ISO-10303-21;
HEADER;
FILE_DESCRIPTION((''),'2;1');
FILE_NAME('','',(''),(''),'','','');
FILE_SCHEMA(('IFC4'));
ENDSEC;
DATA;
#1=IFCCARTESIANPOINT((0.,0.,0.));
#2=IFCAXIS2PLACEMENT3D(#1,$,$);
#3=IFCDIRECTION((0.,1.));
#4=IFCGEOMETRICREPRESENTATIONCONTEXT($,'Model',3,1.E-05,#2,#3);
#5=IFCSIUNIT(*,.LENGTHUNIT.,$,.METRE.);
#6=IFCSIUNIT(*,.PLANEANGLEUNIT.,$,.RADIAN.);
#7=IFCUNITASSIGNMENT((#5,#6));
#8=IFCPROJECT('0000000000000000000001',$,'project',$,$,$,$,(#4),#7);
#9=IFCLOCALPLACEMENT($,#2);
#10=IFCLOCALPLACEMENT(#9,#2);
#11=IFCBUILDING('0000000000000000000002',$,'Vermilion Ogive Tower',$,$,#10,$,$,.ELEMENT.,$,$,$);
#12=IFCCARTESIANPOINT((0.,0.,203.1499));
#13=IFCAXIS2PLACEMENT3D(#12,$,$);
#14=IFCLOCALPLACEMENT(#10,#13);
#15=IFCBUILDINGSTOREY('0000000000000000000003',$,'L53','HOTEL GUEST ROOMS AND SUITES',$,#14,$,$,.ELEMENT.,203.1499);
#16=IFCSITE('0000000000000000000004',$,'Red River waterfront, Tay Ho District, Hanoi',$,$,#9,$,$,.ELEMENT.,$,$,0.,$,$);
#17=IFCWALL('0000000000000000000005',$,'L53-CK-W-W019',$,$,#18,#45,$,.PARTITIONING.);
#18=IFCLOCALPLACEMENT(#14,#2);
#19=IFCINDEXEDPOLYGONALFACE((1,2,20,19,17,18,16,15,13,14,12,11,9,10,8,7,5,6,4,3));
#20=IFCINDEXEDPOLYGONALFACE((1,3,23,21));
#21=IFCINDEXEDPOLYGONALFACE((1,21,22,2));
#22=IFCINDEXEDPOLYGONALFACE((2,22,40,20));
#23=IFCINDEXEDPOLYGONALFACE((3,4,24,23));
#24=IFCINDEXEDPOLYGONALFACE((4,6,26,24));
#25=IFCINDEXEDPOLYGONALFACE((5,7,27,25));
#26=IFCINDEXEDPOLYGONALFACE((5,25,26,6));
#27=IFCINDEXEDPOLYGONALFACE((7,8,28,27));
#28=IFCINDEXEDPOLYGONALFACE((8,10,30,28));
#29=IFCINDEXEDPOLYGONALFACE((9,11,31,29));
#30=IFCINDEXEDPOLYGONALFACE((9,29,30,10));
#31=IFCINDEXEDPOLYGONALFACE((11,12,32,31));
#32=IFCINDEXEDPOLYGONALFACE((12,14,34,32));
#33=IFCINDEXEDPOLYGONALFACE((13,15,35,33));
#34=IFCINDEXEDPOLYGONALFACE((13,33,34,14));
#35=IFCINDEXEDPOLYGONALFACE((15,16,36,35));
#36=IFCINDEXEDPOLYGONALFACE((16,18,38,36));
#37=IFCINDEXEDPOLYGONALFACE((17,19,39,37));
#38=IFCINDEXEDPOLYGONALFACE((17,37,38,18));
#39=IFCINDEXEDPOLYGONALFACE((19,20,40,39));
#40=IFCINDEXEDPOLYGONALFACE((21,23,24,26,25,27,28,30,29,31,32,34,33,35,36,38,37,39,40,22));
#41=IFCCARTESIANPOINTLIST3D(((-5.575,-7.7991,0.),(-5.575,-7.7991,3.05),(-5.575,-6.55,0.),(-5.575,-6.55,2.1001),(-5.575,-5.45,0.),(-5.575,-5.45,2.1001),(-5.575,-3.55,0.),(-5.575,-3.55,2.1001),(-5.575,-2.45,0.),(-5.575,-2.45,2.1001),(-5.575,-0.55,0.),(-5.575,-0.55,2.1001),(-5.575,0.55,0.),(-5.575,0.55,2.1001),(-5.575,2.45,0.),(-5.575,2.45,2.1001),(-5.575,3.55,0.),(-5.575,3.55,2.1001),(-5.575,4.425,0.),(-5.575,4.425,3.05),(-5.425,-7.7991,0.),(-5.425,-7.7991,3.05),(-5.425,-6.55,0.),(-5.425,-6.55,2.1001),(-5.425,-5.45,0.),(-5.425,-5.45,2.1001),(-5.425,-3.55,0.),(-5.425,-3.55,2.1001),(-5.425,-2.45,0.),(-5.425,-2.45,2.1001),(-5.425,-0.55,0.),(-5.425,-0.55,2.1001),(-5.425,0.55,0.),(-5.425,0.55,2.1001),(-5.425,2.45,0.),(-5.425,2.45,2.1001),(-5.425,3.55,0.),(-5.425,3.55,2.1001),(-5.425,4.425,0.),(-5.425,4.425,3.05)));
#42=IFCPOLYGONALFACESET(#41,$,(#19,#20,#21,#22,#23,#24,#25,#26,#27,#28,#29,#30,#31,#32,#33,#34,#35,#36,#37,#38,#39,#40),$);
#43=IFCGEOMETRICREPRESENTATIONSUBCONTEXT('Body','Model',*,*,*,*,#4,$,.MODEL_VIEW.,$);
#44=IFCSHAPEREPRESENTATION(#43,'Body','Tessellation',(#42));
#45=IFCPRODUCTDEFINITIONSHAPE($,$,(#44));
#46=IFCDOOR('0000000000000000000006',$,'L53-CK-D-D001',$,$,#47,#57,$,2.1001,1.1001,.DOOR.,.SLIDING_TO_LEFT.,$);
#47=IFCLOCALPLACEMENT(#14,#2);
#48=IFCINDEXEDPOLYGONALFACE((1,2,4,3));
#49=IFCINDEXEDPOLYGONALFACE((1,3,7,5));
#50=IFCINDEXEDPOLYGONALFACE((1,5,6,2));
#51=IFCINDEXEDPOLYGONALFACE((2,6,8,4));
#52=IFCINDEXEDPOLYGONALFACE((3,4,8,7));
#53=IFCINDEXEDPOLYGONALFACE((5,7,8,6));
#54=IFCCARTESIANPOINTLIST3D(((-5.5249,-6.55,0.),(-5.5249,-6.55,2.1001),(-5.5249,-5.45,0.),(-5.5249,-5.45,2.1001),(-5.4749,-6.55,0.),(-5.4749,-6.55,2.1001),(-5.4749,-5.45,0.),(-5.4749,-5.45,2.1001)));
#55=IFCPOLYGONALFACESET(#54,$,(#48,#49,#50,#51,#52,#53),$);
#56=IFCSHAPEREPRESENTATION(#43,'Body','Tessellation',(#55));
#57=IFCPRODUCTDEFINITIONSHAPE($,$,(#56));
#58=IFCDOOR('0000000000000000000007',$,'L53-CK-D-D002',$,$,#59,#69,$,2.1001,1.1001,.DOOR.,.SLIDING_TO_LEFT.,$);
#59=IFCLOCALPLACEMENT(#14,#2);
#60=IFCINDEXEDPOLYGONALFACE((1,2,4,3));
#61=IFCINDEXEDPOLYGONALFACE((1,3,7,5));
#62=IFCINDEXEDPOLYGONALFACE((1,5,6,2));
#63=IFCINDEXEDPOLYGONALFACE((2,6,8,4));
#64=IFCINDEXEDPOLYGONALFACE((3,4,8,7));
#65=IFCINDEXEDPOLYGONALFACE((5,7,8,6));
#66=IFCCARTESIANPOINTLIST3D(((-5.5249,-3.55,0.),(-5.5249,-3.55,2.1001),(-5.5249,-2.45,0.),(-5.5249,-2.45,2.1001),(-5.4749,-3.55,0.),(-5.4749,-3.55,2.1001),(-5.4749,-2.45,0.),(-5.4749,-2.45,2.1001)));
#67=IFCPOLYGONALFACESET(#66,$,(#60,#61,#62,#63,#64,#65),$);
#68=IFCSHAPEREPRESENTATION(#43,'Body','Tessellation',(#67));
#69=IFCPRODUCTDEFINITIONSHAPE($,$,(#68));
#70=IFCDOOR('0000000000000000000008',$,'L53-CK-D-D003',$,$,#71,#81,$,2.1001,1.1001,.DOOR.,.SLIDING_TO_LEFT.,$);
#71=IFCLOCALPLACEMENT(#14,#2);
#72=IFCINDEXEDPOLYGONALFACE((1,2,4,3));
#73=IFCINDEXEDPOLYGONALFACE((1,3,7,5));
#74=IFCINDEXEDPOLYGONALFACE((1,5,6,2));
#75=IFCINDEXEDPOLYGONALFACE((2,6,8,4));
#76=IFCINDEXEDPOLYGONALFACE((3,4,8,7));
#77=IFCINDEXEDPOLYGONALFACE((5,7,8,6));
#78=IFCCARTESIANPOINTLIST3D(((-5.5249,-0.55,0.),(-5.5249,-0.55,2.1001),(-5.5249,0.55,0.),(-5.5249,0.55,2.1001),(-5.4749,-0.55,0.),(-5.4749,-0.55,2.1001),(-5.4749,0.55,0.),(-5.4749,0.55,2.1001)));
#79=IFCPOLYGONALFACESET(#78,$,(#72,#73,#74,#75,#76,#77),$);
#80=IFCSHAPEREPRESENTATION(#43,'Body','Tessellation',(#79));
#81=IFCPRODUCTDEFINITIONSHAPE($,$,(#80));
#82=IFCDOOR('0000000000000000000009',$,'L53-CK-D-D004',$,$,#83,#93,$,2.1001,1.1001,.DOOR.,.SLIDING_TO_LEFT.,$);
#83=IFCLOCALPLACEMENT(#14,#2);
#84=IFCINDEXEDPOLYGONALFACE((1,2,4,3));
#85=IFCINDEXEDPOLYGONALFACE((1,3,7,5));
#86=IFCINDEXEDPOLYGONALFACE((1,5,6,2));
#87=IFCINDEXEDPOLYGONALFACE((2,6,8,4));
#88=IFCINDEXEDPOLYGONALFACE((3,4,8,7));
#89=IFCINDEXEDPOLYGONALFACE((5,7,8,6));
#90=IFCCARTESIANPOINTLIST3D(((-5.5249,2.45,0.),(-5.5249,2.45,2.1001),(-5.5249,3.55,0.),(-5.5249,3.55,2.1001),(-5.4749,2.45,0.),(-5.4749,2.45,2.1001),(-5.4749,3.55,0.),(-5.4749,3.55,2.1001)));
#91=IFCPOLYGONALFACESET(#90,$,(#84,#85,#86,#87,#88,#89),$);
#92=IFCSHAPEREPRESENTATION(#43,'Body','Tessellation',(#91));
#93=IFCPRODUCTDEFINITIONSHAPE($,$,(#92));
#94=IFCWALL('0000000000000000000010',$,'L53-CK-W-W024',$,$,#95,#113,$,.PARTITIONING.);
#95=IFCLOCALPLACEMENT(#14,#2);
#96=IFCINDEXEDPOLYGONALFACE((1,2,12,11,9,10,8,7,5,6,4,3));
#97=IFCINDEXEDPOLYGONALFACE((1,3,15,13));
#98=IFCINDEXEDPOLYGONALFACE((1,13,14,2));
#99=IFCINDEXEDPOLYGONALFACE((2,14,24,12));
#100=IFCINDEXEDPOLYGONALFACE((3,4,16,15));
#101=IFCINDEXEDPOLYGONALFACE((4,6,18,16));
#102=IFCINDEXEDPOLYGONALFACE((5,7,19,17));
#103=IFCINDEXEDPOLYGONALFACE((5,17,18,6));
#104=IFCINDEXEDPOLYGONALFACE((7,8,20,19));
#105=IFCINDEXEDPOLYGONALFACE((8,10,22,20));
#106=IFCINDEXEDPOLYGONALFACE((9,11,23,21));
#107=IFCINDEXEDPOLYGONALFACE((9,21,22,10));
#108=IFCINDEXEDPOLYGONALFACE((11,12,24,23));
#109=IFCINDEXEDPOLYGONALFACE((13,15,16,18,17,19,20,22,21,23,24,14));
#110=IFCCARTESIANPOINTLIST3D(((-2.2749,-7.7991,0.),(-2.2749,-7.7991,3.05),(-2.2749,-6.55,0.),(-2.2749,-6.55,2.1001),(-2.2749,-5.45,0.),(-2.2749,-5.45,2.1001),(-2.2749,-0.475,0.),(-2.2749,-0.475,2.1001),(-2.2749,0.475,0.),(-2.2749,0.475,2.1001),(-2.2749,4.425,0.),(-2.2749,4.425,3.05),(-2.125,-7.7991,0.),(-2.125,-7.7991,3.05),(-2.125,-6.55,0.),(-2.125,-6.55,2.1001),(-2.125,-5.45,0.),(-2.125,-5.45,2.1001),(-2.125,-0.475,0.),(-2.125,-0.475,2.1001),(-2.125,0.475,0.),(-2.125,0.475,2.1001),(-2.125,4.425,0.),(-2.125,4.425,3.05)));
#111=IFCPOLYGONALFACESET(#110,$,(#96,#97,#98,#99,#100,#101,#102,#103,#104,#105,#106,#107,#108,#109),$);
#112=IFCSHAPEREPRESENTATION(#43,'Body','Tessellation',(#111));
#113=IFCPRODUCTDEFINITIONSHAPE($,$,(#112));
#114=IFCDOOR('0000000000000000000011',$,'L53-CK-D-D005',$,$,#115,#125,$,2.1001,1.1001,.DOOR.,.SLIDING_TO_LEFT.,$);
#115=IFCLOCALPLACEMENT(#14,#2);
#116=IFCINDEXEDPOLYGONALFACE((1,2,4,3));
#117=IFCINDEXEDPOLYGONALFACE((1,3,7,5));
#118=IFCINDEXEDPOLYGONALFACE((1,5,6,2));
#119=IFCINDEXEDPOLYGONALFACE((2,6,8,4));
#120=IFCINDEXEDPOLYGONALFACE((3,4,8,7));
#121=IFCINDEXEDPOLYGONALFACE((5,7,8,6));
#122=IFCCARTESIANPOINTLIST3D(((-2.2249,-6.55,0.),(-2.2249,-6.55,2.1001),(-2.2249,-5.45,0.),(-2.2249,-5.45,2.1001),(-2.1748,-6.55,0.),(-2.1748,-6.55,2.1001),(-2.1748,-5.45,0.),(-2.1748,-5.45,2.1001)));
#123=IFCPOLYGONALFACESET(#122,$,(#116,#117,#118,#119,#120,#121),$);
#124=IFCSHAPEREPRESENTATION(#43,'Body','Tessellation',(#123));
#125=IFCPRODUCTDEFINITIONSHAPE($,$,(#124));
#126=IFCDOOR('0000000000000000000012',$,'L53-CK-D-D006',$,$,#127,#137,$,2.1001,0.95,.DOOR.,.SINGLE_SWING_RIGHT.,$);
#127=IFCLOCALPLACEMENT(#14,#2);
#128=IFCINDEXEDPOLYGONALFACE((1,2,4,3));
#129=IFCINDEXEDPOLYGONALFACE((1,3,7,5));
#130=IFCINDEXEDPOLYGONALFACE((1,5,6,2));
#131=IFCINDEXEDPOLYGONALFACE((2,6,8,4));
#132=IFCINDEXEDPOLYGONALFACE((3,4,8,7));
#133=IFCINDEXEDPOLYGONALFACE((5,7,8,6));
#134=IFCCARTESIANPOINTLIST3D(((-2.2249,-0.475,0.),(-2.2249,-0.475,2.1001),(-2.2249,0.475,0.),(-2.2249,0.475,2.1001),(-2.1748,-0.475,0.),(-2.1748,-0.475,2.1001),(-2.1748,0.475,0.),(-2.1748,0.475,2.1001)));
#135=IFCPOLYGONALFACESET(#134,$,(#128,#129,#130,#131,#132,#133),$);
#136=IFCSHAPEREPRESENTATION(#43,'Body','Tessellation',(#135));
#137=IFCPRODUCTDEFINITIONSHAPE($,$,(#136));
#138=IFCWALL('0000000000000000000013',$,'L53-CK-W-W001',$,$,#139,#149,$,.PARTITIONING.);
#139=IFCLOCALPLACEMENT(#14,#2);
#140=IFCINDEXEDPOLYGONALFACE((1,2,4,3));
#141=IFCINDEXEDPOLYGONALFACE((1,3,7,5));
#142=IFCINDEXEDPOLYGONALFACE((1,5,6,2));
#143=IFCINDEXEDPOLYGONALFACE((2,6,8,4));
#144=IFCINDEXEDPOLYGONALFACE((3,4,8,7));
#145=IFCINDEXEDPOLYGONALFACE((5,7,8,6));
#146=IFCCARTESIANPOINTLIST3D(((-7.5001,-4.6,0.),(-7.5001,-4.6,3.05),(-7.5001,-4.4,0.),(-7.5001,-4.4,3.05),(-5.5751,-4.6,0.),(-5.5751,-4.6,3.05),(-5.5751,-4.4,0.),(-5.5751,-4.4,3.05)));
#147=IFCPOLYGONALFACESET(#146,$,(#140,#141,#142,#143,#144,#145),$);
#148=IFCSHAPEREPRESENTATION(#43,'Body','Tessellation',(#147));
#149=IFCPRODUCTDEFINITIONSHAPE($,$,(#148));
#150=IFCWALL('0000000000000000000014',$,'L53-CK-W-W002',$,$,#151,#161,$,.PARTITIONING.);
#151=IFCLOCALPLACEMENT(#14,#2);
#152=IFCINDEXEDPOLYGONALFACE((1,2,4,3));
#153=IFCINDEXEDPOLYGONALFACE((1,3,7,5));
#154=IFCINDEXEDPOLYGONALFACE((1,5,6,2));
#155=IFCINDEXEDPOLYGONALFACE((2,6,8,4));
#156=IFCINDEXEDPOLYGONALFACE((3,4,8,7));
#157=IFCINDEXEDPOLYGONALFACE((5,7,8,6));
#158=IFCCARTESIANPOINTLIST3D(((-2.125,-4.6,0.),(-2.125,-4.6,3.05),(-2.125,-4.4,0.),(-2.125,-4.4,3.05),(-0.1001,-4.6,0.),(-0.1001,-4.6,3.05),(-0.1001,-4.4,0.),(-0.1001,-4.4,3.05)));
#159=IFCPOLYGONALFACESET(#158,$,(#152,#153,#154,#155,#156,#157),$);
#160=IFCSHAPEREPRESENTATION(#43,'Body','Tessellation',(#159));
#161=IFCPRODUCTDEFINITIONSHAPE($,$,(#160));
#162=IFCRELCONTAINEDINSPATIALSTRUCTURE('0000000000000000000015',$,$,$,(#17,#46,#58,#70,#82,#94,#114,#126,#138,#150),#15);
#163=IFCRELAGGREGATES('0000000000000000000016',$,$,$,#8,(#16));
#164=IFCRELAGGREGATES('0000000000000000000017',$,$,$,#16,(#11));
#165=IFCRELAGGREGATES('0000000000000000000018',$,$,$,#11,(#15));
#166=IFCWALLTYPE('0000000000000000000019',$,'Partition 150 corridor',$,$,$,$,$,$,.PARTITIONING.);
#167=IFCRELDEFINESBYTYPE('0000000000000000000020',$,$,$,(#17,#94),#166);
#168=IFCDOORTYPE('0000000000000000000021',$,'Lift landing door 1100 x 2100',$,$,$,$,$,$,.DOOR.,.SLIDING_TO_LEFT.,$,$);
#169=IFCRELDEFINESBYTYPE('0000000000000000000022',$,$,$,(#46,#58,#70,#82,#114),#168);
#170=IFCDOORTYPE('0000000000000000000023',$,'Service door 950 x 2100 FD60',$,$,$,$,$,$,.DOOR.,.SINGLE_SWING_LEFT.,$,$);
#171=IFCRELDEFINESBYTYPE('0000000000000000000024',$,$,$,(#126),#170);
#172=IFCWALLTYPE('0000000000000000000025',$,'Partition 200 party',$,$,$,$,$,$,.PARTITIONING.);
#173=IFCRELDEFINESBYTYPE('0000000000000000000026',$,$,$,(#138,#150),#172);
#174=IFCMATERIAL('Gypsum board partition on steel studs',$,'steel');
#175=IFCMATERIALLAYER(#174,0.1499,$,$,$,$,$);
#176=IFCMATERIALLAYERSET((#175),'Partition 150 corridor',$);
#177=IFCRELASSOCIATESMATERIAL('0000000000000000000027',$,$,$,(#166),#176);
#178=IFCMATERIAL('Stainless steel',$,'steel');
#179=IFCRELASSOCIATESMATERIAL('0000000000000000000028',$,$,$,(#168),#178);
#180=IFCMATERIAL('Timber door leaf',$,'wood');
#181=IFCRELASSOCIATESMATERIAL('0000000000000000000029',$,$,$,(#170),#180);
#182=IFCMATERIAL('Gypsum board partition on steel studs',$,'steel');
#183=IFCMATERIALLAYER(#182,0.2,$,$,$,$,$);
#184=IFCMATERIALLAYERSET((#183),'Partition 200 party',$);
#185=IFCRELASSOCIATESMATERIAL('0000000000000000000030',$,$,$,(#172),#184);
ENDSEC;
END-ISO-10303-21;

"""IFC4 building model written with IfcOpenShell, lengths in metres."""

from ifc_helpers import new_model, si_unit, direction, frame, frame_2d, origin, place, context, subcontext, project, spatial, rectangle, extrude, material, layer, layer_set, type_object, element, fill, save


model = new_model("IFC4")

# Units and contexts
model_context = context("Model", 3, precision=1e-05, world=origin(), true_north=direction((0.0, 1.0)))
body_context = subcontext(model_context, "Body", "Model", "MODEL_VIEW")
ifc_project = project(units=[si_unit("LENGTHUNIT", "METRE"), si_unit("PLANEANGLEUNIT", "RADIAN")], contexts=[model_context])

# Site, building, storey
site_placement = place(None, origin())
site = spatial("IfcSite", under=ifc_project, at=site_placement, Name="Red River waterfront, Tay Ho District, Hanoi", CompositionType="ELEMENT", RefElevation=0.0)
building_placement = place(site_placement, origin())
building = spatial("IfcBuilding", under=site, at=building_placement, Name="Vermilion Ogive Tower", CompositionType="ELEMENT")
storey_placement = place(building_placement, frame((0.0, 0.0, 203.1499)))
storey = spatial("IfcBuildingStorey", under=building, at=storey_placement, Name="L53", Description="HOTEL GUEST ROOMS AND SUITES", CompositionType="ELEMENT", Elevation=203.1499)

# Shared definitions
ifc_material_1 = material(Name="Gypsum board partition on steel studs", Category="steel")
ifc_layer_1 = layer(ifc_material_1, 0.1499)
ifc_layer_set_1 = layer_set([ifc_layer_1], Name="Partition 150 corridor")
wall_type_1 = type_object("IfcWallType", Name="Partition 150 corridor", PredefinedType="PARTITIONING", material=ifc_layer_set_1)

# Walls, openings, doors
wall_1_placement = place(storey_placement, frame((-5.5, -7.7991, 0.0), z_axis=(0.0, 0.0, 1.0), x_axis=(0.0, 1.0, 0.0)))
wall_1 = element("IfcWall", 1, at=wall_1_placement, inside=storey, type_object=wall_type_1, Name="L53-CK-W-W019", PredefinedType="PARTITIONING", context=body_context, shape_type="SweptSolid", body=[
    extrude(rectangle(XDim=12.2241, YDim=0.1499, at=frame_2d((6.1121, 0.0))), origin(), (0.0, 0.0, 1.0), 3.05),
])
opening_1_placement = place(wall_1_placement, frame((1.249, 0.0, 0.0)))
opening_1 = element("IfcOpeningElement", 2, at=opening_1_placement, cuts=wall_1, PredefinedType="OPENING", context=body_context, shape_type="SweptSolid", body=[
    extrude(rectangle(XDim=1.1001, YDim=2.1001, at=frame_2d((0.55, 1.05))), frame((0.0, 0.085, 0.0), z_axis=(0.0, -1.0, 0.0), x_axis=(1.0, 0.0, 0.0)), (0.0, 0.0, 1.0), 0.1699),
])
opening_2_placement = place(wall_1_placement, frame((4.249, 0.0, 0.0)))
opening_2 = element("IfcOpeningElement", 3, at=opening_2_placement, cuts=wall_1, PredefinedType="OPENING", context=body_context, shape_type="SweptSolid", body=[
    extrude(rectangle(XDim=1.1001, YDim=2.1001, at=frame_2d((0.55, 1.05))), frame((0.0, 0.085, 0.0), z_axis=(0.0, -1.0, 0.0), x_axis=(1.0, 0.0, 0.0)), (0.0, 0.0, 1.0), 0.1699),
])
opening_3_placement = place(wall_1_placement, frame((7.249, 0.0, 0.0)))
opening_3 = element("IfcOpeningElement", 4, at=opening_3_placement, cuts=wall_1, PredefinedType="OPENING", context=body_context, shape_type="SweptSolid", body=[
    extrude(rectangle(XDim=1.1001, YDim=2.1001, at=frame_2d((0.55, 1.05))), frame((0.0, 0.085, 0.0), z_axis=(0.0, -1.0, 0.0), x_axis=(1.0, 0.0, 0.0)), (0.0, 0.0, 1.0), 0.1699),
])
opening_4_placement = place(wall_1_placement, frame((10.249, 0.0, 0.0)))
opening_4 = element("IfcOpeningElement", 5, at=opening_4_placement, cuts=wall_1, PredefinedType="OPENING", context=body_context, shape_type="SweptSolid", body=[
    extrude(rectangle(XDim=1.1001, YDim=2.1001, at=frame_2d((0.55, 1.05))), frame((0.0, 0.085, 0.0), z_axis=(0.0, -1.0, 0.0), x_axis=(1.0, 0.0, 0.0)), (0.0, 0.0, 1.0), 0.1699),
])
ifc_material_2 = material(Name="Stainless steel", Category="steel")
door_type_1 = type_object("IfcDoorType", Name="Lift landing door 1100 x 2100", OperationType="SLIDING_TO_LEFT", PredefinedType="DOOR", material=ifc_material_2)
door_1_placement = place(opening_1_placement, origin())
door_1 = element("IfcDoor", 6, at=door_1_placement, inside=storey, type_object=door_type_1, Name="L53-CK-D-D001", OperationType="SLIDING_TO_LEFT", OverallHeight=2.1001, OverallWidth=1.1001, PredefinedType="DOOR", context=body_context, shape_type="SweptSolid", body=[
    extrude(rectangle(XDim=1.1001, YDim=2.1001, at=frame_2d((0.55, 1.05))), frame((0.0, 0.0249, 0.0), z_axis=(0.0, -1.0, 0.0), x_axis=(1.0, 0.0, 0.0)), (0.0, 0.0, 1.0), 0.05),
])
fill(opening_1, door_1)
door_2_placement = place(opening_2_placement, origin())
door_2 = element("IfcDoor", 7, at=door_2_placement, inside=storey, type_object=door_type_1, Name="L53-CK-D-D002", OperationType="SLIDING_TO_LEFT", OverallHeight=2.1001, OverallWidth=1.1001, PredefinedType="DOOR", context=body_context, shape_type="SweptSolid", body=[
    extrude(rectangle(XDim=1.1001, YDim=2.1001, at=frame_2d((0.55, 1.05))), frame((0.0, 0.0249, 0.0), z_axis=(0.0, -1.0, 0.0), x_axis=(1.0, 0.0, 0.0)), (0.0, 0.0, 1.0), 0.05),
])
fill(opening_2, door_2)
door_3_placement = place(opening_3_placement, origin())
door_3 = element("IfcDoor", 8, at=door_3_placement, inside=storey, type_object=door_type_1, Name="L53-CK-D-D003", OperationType="SLIDING_TO_LEFT", OverallHeight=2.1001, OverallWidth=1.1001, PredefinedType="DOOR", context=body_context, shape_type="SweptSolid", body=[
    extrude(rectangle(XDim=1.1001, YDim=2.1001, at=frame_2d((0.55, 1.05))), frame((0.0, 0.0249, 0.0), z_axis=(0.0, -1.0, 0.0), x_axis=(1.0, 0.0, 0.0)), (0.0, 0.0, 1.0), 0.05),
])
fill(opening_3, door_3)
door_4_placement = place(opening_4_placement, origin())
door_4 = element("IfcDoor", 9, at=door_4_placement, inside=storey, type_object=door_type_1, Name="L53-CK-D-D004", OperationType="SLIDING_TO_LEFT", OverallHeight=2.1001, OverallWidth=1.1001, PredefinedType="DOOR", context=body_context, shape_type="SweptSolid", body=[
    extrude(rectangle(XDim=1.1001, YDim=2.1001, at=frame_2d((0.55, 1.05))), frame((0.0, 0.0249, 0.0), z_axis=(0.0, -1.0, 0.0), x_axis=(1.0, 0.0, 0.0)), (0.0, 0.0, 1.0), 0.05),
])
fill(opening_4, door_4)
wall_2_placement = place(storey_placement, frame((-2.2, -7.7991, 0.0), z_axis=(0.0, 0.0, 1.0), x_axis=(0.0, 1.0, 0.0)))
wall_2 = element("IfcWall", 10, at=wall_2_placement, inside=storey, type_object=wall_type_1, Name="L53-CK-W-W024", PredefinedType="PARTITIONING", context=body_context, shape_type="SweptSolid", body=[
    extrude(rectangle(XDim=12.2241, YDim=0.1499, at=frame_2d((6.1121, 0.0))), origin(), (0.0, 0.0, 1.0), 3.05),
])
opening_5_placement = place(wall_2_placement, frame((1.249, 0.0, 0.0)))
opening_5 = element("IfcOpeningElement", 11, at=opening_5_placement, cuts=wall_2, PredefinedType="OPENING", context=body_context, shape_type="SweptSolid", body=[
    extrude(rectangle(XDim=1.1001, YDim=2.1001, at=frame_2d((0.55, 1.05))), frame((0.0, 0.085, 0.0), z_axis=(0.0, -1.0, 0.0), x_axis=(1.0, 0.0, 0.0)), (0.0, 0.0, 1.0), 0.1699),
])
opening_6_placement = place(wall_2_placement, frame((7.324, 0.0, 0.0)))
opening_6 = element("IfcOpeningElement", 12, at=opening_6_placement, cuts=wall_2, PredefinedType="OPENING", context=body_context, shape_type="SweptSolid", body=[
    extrude(rectangle(XDim=0.95, YDim=2.1001, at=frame_2d((0.4751, 1.05))), frame((0.0, 0.085, 0.0), z_axis=(0.0, -1.0, 0.0), x_axis=(1.0, 0.0, 0.0)), (0.0, 0.0, 1.0), 0.1699),
])
door_5_placement = place(opening_5_placement, origin())
door_5 = element("IfcDoor", 13, at=door_5_placement, inside=storey, type_object=door_type_1, Name="L53-CK-D-D005", OperationType="SLIDING_TO_LEFT", OverallHeight=2.1001, OverallWidth=1.1001, PredefinedType="DOOR", context=body_context, shape_type="SweptSolid", body=[
    extrude(rectangle(XDim=1.1001, YDim=2.1001, at=frame_2d((0.55, 1.05))), frame((0.0, 0.0249, 0.0), z_axis=(0.0, -1.0, 0.0), x_axis=(1.0, 0.0, 0.0)), (0.0, 0.0, 1.0), 0.05),
])
fill(opening_5, door_5)
ifc_material_3 = material(Name="Timber door leaf", Category="wood")
door_type_2 = type_object("IfcDoorType", Name="Service door 950 x 2100 FD60", OperationType="SINGLE_SWING_LEFT", PredefinedType="DOOR", material=ifc_material_3)
door_6_placement = place(opening_6_placement, origin())
door_6 = element("IfcDoor", 14, at=door_6_placement, inside=storey, type_object=door_type_2, Name="L53-CK-D-D006", OperationType="SINGLE_SWING_RIGHT", OverallHeight=2.1001, OverallWidth=0.95, PredefinedType="DOOR", context=body_context, shape_type="SweptSolid", body=[
    extrude(rectangle(XDim=0.95, YDim=2.1001, at=frame_2d((0.4751, 1.05))), frame((0.0, 0.0249, 0.0), z_axis=(0.0, -1.0, 0.0), x_axis=(1.0, 0.0, 0.0)), (0.0, 0.0, 1.0), 0.05),
])
fill(opening_6, door_6)

# Walls
ifc_material_4 = material(Name="Gypsum board partition on steel studs", Category="steel")
ifc_layer_2 = layer(ifc_material_4, 0.2)
ifc_layer_set_2 = layer_set([ifc_layer_2], Name="Partition 200 party")
wall_type_2 = type_object("IfcWallType", Name="Partition 200 party", PredefinedType="PARTITIONING", material=ifc_layer_set_2)
wall_3_placement = place(storey_placement, frame((-7.5, -4.5, 0.0), z_axis=(0.0, 0.0, 1.0), x_axis=(1.0, 0.0, 0.0)))
element("IfcWall", 15, at=wall_3_placement, inside=storey, type_object=wall_type_2, Name="L53-CK-W-W001", PredefinedType="PARTITIONING", context=body_context, shape_type="SweptSolid", body=[
    extrude(rectangle(XDim=1.925, YDim=0.2, at=frame_2d((0.9624, 0.0))), origin(), (0.0, 0.0, 1.0), 3.05),
])
wall_4_placement = place(storey_placement, frame((-2.125, -4.5, 0.0), z_axis=(0.0, 0.0, 1.0), x_axis=(1.0, 0.0, 0.0)))
element("IfcWall", 16, at=wall_4_placement, inside=storey, type_object=wall_type_2, Name="L53-CK-W-W002", PredefinedType="PARTITIONING", context=body_context, shape_type="SweptSolid", body=[
    extrude(rectangle(XDim=2.0249, YDim=0.2, at=frame_2d((1.0125, 0.0))), origin(), (0.0, 0.0, 1.0), 3.05),
])

save(model, "model.ifc")
